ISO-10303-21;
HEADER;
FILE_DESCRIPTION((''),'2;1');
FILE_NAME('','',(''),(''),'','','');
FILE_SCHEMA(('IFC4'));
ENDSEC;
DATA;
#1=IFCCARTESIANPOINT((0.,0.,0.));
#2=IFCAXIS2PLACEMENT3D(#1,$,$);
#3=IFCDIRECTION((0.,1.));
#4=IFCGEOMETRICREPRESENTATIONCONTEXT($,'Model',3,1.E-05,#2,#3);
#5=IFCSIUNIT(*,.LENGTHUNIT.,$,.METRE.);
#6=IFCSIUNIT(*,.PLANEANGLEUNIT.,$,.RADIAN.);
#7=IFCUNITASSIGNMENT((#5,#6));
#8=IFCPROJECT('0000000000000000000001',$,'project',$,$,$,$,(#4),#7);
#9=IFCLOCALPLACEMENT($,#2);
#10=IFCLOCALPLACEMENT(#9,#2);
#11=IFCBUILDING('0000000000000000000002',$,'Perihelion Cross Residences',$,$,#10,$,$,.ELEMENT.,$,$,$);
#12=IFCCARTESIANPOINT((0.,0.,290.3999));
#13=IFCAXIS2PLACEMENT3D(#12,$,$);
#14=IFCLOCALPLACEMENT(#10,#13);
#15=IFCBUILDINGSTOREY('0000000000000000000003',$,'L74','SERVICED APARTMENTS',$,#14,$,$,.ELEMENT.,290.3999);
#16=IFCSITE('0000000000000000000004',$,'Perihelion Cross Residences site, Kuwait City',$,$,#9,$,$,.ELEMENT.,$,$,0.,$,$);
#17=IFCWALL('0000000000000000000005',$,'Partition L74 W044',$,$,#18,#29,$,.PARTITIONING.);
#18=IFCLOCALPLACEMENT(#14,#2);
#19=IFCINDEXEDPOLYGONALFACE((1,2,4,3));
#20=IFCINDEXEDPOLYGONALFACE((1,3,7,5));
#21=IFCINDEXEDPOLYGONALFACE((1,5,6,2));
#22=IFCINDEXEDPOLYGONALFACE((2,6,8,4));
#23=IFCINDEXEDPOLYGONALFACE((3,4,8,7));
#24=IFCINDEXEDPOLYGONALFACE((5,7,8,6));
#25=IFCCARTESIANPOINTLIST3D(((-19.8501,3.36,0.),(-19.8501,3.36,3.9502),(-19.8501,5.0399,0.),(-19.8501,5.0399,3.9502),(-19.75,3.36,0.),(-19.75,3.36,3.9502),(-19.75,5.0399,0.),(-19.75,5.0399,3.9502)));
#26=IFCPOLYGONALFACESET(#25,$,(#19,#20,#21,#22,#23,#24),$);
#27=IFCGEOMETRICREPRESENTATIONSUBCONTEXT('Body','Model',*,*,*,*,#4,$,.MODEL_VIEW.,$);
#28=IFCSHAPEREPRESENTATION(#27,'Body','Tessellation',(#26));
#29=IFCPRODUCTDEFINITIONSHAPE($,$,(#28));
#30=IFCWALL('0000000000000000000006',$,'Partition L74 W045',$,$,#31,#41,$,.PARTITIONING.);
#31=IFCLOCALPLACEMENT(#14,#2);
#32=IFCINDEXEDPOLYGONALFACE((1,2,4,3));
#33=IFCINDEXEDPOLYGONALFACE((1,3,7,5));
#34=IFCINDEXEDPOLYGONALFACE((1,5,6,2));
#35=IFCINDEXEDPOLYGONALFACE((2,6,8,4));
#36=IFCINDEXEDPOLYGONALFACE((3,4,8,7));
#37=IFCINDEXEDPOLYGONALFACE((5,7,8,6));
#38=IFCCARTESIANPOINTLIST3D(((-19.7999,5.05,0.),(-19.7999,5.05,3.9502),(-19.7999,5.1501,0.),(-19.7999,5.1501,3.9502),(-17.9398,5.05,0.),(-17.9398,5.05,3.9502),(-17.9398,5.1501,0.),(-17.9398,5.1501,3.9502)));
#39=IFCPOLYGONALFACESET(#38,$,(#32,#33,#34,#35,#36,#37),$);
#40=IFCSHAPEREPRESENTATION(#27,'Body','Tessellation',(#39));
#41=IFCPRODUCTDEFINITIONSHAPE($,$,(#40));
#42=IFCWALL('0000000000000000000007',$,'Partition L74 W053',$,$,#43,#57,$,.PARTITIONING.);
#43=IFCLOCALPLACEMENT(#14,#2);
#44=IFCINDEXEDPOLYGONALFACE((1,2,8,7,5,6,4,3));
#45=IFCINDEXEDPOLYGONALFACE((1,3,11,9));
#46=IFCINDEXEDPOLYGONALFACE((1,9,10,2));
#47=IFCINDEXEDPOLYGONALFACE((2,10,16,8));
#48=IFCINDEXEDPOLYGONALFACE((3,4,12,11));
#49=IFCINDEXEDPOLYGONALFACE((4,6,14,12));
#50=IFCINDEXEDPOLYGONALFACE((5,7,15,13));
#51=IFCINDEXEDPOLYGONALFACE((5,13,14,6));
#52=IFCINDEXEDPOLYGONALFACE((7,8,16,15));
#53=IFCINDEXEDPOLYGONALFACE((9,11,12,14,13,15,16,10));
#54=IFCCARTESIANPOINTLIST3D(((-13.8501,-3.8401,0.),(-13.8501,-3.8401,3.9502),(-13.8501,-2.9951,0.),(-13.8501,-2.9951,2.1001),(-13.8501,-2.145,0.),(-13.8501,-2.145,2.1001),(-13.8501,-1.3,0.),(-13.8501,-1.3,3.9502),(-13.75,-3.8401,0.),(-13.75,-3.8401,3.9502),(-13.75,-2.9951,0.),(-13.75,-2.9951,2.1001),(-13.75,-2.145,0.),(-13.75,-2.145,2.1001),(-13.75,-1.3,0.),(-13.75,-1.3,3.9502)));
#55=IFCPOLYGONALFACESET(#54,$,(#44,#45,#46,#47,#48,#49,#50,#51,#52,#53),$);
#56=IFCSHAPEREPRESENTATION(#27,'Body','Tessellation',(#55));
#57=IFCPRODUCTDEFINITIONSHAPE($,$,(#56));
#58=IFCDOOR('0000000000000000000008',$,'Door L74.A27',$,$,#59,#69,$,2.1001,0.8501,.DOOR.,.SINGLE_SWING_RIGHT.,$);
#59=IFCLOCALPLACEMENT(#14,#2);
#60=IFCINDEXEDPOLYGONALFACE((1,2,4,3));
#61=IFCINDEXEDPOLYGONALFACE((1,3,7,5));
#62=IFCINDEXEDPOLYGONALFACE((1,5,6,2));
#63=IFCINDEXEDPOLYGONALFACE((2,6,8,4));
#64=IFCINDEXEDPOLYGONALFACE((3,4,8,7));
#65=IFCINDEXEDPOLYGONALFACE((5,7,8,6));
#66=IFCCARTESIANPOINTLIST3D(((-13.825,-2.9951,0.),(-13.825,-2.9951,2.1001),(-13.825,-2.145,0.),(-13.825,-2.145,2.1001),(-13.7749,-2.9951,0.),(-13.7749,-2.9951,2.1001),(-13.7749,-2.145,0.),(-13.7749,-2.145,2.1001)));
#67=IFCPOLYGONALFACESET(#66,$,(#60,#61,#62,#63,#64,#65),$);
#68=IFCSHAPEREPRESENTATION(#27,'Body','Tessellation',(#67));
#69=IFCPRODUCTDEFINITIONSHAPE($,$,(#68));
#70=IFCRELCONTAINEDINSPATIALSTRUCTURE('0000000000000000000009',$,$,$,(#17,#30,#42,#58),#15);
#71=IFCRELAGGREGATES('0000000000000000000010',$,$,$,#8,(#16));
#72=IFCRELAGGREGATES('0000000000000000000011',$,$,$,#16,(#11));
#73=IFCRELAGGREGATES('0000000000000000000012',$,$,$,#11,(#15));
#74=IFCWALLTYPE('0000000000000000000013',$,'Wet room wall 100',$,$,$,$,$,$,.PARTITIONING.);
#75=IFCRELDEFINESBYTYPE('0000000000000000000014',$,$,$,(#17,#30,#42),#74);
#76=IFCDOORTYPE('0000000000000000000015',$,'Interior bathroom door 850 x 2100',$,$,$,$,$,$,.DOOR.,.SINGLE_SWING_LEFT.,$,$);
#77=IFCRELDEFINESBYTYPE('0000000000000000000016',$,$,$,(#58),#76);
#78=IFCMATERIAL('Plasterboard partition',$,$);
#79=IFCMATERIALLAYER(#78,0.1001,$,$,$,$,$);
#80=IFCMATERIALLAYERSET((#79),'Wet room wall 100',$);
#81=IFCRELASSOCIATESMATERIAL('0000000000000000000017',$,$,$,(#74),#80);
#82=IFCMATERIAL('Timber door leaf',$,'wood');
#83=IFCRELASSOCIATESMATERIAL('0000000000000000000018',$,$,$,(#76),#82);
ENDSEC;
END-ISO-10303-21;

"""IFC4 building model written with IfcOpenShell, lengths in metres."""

from ifc_helpers import new_model, si_unit, direction, frame, frame_2d, origin, place, context, subcontext, project, spatial, rectangle, extrude, material, layer, layer_set, type_object, element, fill, save


model = new_model("IFC4")

# Units and contexts
model_context = context("Model", 3, precision=1e-05, world=origin(), true_north=direction((0.0, 1.0)))
body_context = subcontext(model_context, "Body", "Model", "MODEL_VIEW")
ifc_project = project(units=[si_unit("LENGTHUNIT", "METRE"), si_unit("PLANEANGLEUNIT", "RADIAN")], contexts=[model_context])

# Site, building, storey
site_placement = place(None, origin())
site = spatial("IfcSite", under=ifc_project, at=site_placement, Name="Perihelion Cross Residences site, Kuwait City", CompositionType="ELEMENT", RefElevation=0.0)
building_placement = place(site_placement, origin())
building = spatial("IfcBuilding", under=site, at=building_placement, Name="Perihelion Cross Residences", CompositionType="ELEMENT")
storey_placement = place(building_placement, frame((0.0, 0.0, 290.3999)))
storey = spatial("IfcBuildingStorey", under=building, at=storey_placement, Name="L74", Description="SERVICED APARTMENTS", CompositionType="ELEMENT", Elevation=290.3999)

# Shared definitions
ifc_material_1 = material(Name="Plasterboard partition")
ifc_layer_1 = layer(ifc_material_1, 0.1001)
ifc_layer_set_1 = layer_set([ifc_layer_1], Name="Wet room wall 100")
wall_type_1 = type_object("IfcWallType", Name="Wet room wall 100", PredefinedType="PARTITIONING", material=ifc_layer_set_1)

# Shared definitions
ifc_material_2 = material(Name="Timber door leaf", Category="wood")
door_type_1 = type_object("IfcDoorType", Name="Interior bathroom door 850 x 2100", OperationType="SINGLE_SWING_LEFT", PredefinedType="DOOR", material=ifc_material_2)

# Walls
wall_1_placement = place(storey_placement, frame((-19.8, 3.3601, 0.0), z_axis=(0.0, 0.0, 1.0), x_axis=(0.0, 1.0, 0.0)))
element("IfcWall", 1, at=wall_1_placement, inside=storey, type_object=wall_type_1, Name="Partition L74 W044", PredefinedType="PARTITIONING", context=body_context, shape_type="SweptSolid", body=[
    extrude(rectangle(XDim=1.6799, YDim=0.1001, at=frame_2d((0.8398, 0.0))), origin(), (0.0, 0.0, 1.0), 3.9502),
])
wall_2_placement = place(storey_placement, frame((-19.8, 5.1001, 0.0), z_axis=(0.0, 0.0, 1.0), x_axis=(1.0, 0.0, 0.0)))
element("IfcWall", 2, at=wall_2_placement, inside=storey, type_object=wall_type_1, Name="Partition L74 W045", PredefinedType="PARTITIONING", context=body_context, shape_type="SweptSolid", body=[
    extrude(rectangle(XDim=1.8601, YDim=0.1001, at=frame_2d((0.9302, 0.0))), origin(), (0.0, 0.0, 1.0), 3.9502),
])

# Wall, opening, door
wall_3_placement = place(storey_placement, frame((-13.8, -3.8401, 0.0), z_axis=(0.0, 0.0, 1.0), x_axis=(0.0, 1.0, 0.0)))
wall_3 = element("IfcWall", 3, at=wall_3_placement, inside=storey, type_object=wall_type_1, Name="Partition L74 W053", PredefinedType="PARTITIONING", context=body_context, shape_type="SweptSolid", body=[
    extrude(rectangle(XDim=2.54, YDim=0.1001, at=frame_2d((1.27, 0.0))), origin(), (0.0, 0.0, 1.0), 3.9502),
])
opening_1_placement = place(wall_3_placement, frame((0.845, 0.0, 0.0)))
opening_1 = element("IfcOpeningElement", 4, at=opening_1_placement, cuts=wall_3, PredefinedType="OPENING", context=body_context, shape_type="SweptSolid", body=[
    extrude(rectangle(XDim=0.8501, YDim=2.1001, at=frame_2d((0.425, 1.05))), frame((0.0, 0.0601, 0.0), z_axis=(0.0, -1.0, 0.0), x_axis=(1.0, 0.0, 0.0)), (0.0, 0.0, 1.0), 0.1201),
])
door_1_placement = place(opening_1_placement, origin())
door_1 = element("IfcDoor", 5, at=door_1_placement, inside=storey, type_object=door_type_1, Name="Door L74.A27", OperationType="SINGLE_SWING_RIGHT", OverallHeight=2.1001, OverallWidth=0.8501, PredefinedType="DOOR", context=body_context, shape_type="SweptSolid", body=[
    extrude(rectangle(XDim=0.8501, YDim=2.1001, at=frame_2d((0.425, 1.05))), frame((0.0, 0.0249, 0.0), z_axis=(0.0, -1.0, 0.0), x_axis=(1.0, 0.0, 0.0)), (0.0, 0.0, 1.0), 0.05),
])
fill(opening_1, door_1)

save(model, "model.ifc")
